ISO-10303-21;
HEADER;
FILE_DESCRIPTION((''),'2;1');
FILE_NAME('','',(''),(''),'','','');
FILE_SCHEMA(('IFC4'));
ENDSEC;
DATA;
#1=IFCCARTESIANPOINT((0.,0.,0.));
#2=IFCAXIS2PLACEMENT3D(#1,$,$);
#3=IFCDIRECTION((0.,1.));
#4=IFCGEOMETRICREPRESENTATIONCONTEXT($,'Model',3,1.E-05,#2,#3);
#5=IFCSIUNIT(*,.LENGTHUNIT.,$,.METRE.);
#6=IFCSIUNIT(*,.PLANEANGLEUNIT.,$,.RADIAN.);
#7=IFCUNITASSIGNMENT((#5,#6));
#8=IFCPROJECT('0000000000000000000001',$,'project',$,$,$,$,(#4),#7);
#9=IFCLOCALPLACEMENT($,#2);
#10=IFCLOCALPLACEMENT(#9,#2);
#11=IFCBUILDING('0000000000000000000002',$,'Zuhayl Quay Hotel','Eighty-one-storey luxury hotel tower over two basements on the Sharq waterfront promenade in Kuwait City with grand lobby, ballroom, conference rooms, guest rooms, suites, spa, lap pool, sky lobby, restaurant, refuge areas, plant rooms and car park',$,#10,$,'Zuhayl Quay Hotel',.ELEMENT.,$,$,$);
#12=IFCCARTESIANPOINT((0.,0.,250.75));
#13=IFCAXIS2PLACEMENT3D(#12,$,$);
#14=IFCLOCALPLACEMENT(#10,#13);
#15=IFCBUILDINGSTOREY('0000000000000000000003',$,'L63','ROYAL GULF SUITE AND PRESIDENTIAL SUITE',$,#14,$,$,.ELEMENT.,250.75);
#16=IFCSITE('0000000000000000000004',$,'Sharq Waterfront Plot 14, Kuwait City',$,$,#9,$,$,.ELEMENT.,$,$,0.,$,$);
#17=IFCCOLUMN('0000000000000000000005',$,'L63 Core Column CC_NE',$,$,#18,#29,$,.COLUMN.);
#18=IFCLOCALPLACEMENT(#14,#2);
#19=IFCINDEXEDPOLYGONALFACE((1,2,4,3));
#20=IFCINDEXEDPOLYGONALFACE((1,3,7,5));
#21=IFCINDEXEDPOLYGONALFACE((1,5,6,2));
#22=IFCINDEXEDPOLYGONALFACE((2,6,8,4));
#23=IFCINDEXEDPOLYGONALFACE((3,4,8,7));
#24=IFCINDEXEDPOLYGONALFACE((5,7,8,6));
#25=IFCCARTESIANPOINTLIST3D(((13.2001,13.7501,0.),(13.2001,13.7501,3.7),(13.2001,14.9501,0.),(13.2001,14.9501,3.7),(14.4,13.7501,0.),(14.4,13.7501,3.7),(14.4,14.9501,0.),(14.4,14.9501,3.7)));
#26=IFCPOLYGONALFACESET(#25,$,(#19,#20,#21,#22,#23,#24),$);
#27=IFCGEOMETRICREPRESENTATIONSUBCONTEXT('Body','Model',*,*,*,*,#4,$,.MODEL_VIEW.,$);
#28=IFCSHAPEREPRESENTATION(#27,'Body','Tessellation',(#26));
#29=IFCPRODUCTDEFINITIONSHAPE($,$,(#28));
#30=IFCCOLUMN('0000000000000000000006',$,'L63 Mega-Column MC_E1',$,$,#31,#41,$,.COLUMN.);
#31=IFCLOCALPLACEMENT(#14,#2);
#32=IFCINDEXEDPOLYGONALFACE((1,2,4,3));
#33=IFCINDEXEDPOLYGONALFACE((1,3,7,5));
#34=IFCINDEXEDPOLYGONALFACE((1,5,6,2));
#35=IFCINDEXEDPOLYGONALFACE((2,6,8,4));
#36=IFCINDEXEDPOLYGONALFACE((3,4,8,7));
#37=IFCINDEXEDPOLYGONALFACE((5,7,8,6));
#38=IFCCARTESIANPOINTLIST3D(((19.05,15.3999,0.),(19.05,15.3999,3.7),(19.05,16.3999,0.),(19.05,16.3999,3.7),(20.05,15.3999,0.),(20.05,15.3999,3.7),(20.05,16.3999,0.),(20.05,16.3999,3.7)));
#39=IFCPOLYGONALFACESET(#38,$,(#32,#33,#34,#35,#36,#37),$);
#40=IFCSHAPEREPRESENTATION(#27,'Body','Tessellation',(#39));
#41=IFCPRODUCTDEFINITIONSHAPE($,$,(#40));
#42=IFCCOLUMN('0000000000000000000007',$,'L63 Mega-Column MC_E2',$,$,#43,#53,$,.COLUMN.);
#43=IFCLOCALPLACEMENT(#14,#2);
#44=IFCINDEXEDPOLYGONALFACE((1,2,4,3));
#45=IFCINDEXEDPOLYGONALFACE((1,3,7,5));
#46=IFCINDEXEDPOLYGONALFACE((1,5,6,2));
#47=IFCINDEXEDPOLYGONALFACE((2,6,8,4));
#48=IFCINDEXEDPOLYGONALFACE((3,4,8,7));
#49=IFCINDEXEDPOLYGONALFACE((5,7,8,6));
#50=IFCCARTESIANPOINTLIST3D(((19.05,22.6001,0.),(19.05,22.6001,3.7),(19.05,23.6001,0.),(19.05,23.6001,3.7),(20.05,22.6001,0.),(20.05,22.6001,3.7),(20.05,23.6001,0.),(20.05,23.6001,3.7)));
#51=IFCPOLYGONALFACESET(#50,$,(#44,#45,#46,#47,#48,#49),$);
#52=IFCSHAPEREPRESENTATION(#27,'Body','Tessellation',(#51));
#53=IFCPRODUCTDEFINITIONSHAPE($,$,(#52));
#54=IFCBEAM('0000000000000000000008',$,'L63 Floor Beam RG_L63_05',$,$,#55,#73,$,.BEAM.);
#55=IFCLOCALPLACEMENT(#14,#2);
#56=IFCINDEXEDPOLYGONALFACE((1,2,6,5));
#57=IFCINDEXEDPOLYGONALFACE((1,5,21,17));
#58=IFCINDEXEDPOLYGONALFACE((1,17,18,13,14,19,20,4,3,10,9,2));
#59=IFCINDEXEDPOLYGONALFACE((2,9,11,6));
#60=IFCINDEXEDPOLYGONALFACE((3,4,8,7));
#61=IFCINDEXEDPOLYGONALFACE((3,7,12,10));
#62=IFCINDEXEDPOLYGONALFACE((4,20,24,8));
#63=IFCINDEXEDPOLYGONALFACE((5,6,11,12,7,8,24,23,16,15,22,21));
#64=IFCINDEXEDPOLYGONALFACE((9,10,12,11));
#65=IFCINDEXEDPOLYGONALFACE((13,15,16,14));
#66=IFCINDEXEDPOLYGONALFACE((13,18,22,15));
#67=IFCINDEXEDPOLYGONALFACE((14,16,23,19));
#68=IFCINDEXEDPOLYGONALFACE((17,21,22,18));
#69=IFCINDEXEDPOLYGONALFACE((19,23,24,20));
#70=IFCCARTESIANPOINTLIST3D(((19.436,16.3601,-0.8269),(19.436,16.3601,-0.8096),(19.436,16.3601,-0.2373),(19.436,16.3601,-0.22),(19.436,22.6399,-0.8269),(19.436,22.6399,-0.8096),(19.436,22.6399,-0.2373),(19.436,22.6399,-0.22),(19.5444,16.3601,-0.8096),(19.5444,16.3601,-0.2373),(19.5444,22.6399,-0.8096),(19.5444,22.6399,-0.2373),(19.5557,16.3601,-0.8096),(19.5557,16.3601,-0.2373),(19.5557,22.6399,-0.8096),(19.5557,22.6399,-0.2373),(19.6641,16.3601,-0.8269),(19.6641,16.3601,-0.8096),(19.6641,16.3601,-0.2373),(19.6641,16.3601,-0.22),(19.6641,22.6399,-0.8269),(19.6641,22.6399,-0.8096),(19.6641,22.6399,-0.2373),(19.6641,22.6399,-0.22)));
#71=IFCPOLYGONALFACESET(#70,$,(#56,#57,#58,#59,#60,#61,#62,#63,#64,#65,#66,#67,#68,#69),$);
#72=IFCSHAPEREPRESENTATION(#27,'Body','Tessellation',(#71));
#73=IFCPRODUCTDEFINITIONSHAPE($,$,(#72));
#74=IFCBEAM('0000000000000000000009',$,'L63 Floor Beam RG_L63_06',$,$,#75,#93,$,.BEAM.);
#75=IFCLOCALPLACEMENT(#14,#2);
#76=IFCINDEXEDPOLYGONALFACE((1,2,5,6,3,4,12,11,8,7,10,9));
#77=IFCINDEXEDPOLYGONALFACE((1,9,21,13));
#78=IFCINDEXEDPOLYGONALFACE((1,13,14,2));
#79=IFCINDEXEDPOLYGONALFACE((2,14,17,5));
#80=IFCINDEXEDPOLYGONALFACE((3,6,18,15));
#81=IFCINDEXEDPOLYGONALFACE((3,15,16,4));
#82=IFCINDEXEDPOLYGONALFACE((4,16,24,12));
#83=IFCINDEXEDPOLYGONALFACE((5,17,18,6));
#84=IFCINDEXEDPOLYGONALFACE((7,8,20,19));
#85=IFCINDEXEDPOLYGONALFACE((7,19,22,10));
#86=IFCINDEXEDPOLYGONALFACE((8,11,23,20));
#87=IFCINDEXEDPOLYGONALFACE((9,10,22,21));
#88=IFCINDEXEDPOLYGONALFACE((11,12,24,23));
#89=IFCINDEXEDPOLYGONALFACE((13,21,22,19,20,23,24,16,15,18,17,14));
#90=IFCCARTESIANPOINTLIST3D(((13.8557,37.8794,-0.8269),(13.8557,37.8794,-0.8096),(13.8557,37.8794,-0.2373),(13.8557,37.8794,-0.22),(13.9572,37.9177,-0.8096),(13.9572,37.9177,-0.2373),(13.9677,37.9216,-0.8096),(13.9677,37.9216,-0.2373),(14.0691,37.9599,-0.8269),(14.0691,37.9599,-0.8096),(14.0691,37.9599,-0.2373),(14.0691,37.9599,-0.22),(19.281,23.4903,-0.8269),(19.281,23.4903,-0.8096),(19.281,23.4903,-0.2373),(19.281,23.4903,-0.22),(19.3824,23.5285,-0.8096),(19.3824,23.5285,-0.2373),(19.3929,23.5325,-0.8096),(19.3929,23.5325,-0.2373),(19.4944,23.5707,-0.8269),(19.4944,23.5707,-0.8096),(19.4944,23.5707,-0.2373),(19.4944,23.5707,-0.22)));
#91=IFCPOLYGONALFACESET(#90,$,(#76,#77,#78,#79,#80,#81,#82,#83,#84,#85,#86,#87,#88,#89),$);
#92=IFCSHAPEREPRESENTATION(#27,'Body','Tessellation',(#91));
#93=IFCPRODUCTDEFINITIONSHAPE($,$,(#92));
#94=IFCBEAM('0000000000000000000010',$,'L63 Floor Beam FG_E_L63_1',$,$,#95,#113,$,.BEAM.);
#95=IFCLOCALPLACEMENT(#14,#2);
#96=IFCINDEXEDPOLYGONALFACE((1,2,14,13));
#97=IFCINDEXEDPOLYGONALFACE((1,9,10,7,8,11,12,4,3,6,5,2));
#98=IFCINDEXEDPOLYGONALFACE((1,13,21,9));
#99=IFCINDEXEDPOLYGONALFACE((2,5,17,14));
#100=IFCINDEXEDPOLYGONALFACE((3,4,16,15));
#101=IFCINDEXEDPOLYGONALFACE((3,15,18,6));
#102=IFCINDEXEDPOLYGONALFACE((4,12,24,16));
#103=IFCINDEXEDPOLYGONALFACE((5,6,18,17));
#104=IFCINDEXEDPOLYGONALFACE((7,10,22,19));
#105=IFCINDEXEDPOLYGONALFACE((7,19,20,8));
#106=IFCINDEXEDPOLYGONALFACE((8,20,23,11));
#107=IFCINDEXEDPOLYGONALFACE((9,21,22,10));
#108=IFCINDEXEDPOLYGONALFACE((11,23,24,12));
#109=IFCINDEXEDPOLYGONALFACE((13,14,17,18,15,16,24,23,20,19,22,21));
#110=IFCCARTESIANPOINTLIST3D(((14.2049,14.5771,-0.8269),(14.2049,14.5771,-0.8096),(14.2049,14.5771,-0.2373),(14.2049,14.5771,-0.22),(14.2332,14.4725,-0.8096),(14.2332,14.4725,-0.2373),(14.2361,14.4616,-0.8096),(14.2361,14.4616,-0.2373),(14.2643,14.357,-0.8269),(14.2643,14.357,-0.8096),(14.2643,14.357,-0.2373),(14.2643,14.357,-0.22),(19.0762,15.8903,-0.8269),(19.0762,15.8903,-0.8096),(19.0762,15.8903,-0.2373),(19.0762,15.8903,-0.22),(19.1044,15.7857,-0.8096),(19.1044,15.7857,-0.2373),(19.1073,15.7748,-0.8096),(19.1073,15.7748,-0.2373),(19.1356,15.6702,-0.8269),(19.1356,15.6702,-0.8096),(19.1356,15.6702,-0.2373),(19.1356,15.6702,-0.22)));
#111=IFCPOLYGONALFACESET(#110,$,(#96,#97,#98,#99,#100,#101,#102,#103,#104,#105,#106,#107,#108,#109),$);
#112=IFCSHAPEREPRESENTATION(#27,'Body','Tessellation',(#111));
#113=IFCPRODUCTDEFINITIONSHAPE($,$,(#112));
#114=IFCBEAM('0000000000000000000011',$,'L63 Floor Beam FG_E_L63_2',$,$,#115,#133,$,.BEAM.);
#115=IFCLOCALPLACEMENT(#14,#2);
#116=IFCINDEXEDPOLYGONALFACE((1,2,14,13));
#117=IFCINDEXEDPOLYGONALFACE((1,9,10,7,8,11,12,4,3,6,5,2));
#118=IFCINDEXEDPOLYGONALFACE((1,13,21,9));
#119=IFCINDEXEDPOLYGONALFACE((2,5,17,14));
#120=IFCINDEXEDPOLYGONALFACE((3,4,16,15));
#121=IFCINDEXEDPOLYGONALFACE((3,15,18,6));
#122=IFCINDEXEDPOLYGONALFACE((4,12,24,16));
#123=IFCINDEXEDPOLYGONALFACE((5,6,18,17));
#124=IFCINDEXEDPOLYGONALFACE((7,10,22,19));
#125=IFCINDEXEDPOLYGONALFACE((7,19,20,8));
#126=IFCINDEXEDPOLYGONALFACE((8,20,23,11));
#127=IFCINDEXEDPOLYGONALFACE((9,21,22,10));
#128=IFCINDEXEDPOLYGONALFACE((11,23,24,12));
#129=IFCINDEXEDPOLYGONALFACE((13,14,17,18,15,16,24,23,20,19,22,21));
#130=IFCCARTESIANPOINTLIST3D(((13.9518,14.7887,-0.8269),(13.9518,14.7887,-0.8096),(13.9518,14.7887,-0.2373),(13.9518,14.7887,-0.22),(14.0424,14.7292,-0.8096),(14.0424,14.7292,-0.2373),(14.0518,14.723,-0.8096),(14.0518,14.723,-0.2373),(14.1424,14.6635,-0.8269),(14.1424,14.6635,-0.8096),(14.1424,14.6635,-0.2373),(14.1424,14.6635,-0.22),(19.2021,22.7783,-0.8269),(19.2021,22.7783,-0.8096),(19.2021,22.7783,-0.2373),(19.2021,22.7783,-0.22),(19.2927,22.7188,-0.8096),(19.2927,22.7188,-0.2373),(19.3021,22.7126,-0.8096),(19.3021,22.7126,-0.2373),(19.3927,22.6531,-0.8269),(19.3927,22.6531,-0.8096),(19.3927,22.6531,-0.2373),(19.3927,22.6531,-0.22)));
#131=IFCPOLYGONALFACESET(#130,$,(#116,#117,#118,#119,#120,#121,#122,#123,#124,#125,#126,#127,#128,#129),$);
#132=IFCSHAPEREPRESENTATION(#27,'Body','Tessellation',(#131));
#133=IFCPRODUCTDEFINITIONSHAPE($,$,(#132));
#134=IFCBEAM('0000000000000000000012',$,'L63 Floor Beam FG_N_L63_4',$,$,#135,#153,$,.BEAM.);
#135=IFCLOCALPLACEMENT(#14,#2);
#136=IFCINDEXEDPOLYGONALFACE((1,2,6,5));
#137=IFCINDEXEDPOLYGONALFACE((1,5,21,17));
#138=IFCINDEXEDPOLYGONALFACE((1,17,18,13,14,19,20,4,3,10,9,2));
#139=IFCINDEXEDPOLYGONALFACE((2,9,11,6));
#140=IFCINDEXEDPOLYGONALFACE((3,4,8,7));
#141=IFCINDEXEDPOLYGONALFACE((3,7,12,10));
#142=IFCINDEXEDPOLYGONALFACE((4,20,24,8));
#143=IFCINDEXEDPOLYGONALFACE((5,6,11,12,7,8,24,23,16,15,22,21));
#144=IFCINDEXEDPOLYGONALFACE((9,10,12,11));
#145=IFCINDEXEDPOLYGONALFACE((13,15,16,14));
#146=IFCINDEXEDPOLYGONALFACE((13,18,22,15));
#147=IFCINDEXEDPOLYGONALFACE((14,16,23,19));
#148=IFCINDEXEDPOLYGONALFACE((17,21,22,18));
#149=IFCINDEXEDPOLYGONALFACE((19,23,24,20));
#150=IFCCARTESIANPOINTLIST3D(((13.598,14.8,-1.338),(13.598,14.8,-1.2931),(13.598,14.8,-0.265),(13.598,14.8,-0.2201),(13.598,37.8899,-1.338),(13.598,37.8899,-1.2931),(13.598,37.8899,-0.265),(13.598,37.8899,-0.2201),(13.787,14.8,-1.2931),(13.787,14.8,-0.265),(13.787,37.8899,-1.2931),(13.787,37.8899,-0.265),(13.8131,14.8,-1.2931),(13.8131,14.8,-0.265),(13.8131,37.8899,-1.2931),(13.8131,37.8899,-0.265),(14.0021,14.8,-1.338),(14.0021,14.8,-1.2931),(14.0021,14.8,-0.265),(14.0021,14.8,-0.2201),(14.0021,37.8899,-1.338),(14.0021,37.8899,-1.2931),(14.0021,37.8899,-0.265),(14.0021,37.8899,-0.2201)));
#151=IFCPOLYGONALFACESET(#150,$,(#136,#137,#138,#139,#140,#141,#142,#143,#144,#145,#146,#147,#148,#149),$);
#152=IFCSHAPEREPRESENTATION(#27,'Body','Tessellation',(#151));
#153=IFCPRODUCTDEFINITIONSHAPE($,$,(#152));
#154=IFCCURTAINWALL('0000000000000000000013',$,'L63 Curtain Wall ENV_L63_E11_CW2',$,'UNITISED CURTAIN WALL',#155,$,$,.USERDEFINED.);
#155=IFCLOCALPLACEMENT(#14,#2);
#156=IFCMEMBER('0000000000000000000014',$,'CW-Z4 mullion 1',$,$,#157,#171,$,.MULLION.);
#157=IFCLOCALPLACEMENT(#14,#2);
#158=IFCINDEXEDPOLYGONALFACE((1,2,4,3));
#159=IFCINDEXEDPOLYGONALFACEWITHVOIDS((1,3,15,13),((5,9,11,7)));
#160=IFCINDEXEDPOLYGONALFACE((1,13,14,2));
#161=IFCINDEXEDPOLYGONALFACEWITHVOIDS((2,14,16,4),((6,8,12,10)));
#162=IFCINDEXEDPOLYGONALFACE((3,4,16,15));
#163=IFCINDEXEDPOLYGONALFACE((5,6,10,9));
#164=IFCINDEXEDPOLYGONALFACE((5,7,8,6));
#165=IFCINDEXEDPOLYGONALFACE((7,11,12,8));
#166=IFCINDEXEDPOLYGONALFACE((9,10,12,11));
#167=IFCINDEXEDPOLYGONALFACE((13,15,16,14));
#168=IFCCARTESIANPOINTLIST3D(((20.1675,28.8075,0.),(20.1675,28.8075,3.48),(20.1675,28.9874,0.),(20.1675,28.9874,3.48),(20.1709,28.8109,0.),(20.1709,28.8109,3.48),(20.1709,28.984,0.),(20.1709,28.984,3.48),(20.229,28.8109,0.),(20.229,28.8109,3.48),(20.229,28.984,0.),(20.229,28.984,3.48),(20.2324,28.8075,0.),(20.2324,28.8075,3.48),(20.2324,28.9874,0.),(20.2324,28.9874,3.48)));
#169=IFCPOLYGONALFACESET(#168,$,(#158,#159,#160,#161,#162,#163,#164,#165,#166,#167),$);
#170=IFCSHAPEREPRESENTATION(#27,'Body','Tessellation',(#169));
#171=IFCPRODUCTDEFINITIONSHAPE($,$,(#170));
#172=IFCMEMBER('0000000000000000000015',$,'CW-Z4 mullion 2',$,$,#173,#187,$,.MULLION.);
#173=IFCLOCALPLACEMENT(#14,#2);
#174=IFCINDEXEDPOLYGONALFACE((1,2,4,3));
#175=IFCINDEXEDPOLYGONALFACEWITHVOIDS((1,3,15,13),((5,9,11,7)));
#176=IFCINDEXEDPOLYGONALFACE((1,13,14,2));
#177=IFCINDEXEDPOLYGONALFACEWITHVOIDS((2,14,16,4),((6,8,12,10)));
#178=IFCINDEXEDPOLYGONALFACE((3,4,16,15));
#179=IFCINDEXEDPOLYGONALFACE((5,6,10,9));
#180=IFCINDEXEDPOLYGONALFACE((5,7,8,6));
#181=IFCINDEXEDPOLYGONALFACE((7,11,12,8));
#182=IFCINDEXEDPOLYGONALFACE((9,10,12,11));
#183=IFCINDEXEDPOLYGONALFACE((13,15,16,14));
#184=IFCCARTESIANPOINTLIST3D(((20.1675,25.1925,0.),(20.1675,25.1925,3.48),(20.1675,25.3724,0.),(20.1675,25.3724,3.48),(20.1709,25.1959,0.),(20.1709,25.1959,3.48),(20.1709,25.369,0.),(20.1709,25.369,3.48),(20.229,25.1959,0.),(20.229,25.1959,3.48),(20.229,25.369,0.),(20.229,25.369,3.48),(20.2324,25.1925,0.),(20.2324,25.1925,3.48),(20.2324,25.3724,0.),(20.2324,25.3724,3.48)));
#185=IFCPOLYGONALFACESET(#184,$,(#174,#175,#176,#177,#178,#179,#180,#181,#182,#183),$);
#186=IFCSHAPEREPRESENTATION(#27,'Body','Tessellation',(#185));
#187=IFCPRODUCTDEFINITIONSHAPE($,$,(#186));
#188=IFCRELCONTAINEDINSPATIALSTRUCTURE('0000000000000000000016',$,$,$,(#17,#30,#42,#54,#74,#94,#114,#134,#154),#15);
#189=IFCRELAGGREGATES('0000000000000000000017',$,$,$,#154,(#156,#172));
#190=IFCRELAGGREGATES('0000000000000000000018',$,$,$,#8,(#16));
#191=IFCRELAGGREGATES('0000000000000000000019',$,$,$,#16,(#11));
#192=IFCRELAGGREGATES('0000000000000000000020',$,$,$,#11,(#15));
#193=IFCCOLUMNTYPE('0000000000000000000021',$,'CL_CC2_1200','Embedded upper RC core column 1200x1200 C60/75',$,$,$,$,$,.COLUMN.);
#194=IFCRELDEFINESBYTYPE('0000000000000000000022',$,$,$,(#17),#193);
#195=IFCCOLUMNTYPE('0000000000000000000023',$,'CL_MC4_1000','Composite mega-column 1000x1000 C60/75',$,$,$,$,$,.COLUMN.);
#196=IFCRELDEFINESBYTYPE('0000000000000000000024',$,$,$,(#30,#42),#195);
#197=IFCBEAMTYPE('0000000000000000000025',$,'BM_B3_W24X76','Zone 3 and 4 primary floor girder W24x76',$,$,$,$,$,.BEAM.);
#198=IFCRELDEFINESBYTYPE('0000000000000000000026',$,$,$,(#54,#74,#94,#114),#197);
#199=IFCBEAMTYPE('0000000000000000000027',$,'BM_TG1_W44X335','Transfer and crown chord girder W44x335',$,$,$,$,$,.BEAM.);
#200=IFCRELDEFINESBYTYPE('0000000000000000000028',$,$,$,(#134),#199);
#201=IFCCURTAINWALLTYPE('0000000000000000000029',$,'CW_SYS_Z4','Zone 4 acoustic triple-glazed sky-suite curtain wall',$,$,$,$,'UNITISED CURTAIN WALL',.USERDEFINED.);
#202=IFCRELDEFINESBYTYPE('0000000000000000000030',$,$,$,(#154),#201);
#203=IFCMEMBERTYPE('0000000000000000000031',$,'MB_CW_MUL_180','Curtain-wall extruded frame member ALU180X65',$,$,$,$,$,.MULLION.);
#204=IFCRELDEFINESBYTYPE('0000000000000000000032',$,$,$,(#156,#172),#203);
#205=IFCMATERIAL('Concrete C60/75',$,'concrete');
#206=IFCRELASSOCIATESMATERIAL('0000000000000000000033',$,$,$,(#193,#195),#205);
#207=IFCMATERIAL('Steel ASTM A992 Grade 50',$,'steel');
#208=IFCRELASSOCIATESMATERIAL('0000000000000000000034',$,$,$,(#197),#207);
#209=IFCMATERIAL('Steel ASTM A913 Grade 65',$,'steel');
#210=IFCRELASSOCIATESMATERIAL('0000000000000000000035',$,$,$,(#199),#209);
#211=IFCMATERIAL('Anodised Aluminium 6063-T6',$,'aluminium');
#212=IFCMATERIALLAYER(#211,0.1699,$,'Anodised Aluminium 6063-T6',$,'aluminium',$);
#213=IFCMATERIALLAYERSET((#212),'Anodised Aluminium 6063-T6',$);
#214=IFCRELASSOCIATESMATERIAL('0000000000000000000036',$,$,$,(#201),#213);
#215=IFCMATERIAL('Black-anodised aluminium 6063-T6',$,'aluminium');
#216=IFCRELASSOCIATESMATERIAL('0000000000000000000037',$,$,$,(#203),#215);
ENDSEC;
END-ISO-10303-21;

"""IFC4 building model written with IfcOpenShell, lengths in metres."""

from ifc_helpers import new_model, si_unit, direction, frame, origin, origin_2d, place, context, subcontext, project, spatial, rectangle, hollow_rectangle, i_section, extrude, material, layer, layer_set, material_profile, profile_set, type_object, element, aggregate, save


model = new_model("IFC4")

# Units and contexts
model_context = context("Model", 3, precision=1e-05, world=origin(), true_north=direction((0.0, 1.0)))
body_context = subcontext(model_context, "Body", "Model", "MODEL_VIEW")
ifc_project = project(units=[si_unit("LENGTHUNIT", "METRE"), si_unit("PLANEANGLEUNIT", "RADIAN")], contexts=[model_context])

# Site, building, storey
site_placement = place(None, origin())
site = spatial("IfcSite", under=ifc_project, at=site_placement, Name="Sharq Waterfront Plot 14, Kuwait City", CompositionType="ELEMENT", RefElevation=0.0)
building_placement = place(site_placement, origin())
building = spatial("IfcBuilding", under=site, at=building_placement, Name="Zuhayl Quay Hotel", Description="Eighty-one-storey luxury hotel tower over two basements on the Sharq waterfront promenade in Kuwait City with grand lobby, ballroom, conference rooms, guest rooms, suites, spa, lap pool, sky lobby, restaurant, refuge areas, plant rooms and car park", LongName="Zuhayl Quay Hotel", CompositionType="ELEMENT")
storey_placement = place(building_placement, frame((0.0, 0.0, 250.75)))
storey = spatial("IfcBuildingStorey", under=building, at=storey_placement, Name="L63", Description="ROYAL GULF SUITE AND PRESIDENTIAL SUITE", CompositionType="ELEMENT", Elevation=250.75)

# Columns
ifc_material_1 = material(Name="Concrete C60/75", Category="concrete")
ifc_material_profile_1 = material_profile(ifc_material_1, rectangle(XDim=1.2, YDim=1.2, at=origin_2d()), Name="RC1200X1200")
ifc_profile_set_1 = profile_set([ifc_material_profile_1], Name="Concrete C60/75")
column_type_1 = type_object("IfcColumnType", Name="CL_CC2_1200", Description="Embedded upper RC core column 1200x1200 C60/75", PredefinedType="COLUMN", material=ifc_profile_set_1)
column_placement = place(storey_placement, frame((13.8, 14.3501, 0.0), z_axis=(0.0, 0.0, 1.0), x_axis=(1.0, 0.0, 0.0)))
element("IfcColumn", 1, at=column_placement, inside=storey, type_object=column_type_1, Name="L63 Core Column CC_NE", PredefinedType="COLUMN", context=body_context, shape_type="SweptSolid", body=[
    extrude(rectangle(XDim=1.2, YDim=1.2, at=origin_2d()), origin(), (0.0, 0.0, 1.0), 3.7),
])
ifc_material_profile_2 = material_profile(ifc_material_1, rectangle(XDim=1.0, YDim=1.0, at=origin_2d()), Name="RC1000X1000")
ifc_profile_set_2 = profile_set([ifc_material_profile_2], Name="Concrete C60/75")
column_type_2 = type_object("IfcColumnType", Name="CL_MC4_1000", Description="Composite mega-column 1000x1000 C60/75", PredefinedType="COLUMN", material=ifc_profile_set_2)
for number, where, z_axis, x_axis, name in (
    (2, (19.55, 15.8999, 0.0), (0.0, 0.0, 1.0), (1.0, 0.0, 0.0), "L63 Mega-Column MC_E1"),
    (3, (19.55, 23.1001, 0.0), (0.0, 0.0, 1.0), (1.0, 0.0, 0.0), "L63 Mega-Column MC_E2"),
):
    element("IfcColumn", number, at=place(storey_placement, frame(where, z_axis=z_axis, x_axis=x_axis)), inside=storey, type_object=column_type_2, Name=name, PredefinedType="COLUMN", context=body_context, shape_type="SweptSolid", body=[
        extrude(rectangle(XDim=1.0, YDim=1.0, at=origin_2d()), origin(), (0.0, 0.0, 1.0), 3.7),
    ])

# Beams
ifc_material_2 = material(Name="Steel ASTM A992 Grade 50", Category="steel")
ifc_material_profile_3 = material_profile(ifc_material_2, i_section(OverallWidth=0.228, OverallDepth=0.6069, WebThickness=0.0112, FlangeThickness=0.0173, at=origin_2d()), Name="W24X76")
ifc_profile_set_3 = profile_set([ifc_material_profile_3], Name="Steel ASTM A992 Grade 50")
beam_type_1 = type_object("IfcBeamType", Name="BM_B3_W24X76", Description="Zone 3 and 4 primary floor girder W24x76", PredefinedType="BEAM", material=ifc_profile_set_3)
beam_1_placement = place(storey_placement, frame((19.55, 16.3601, -0.5234), z_axis=(0.0, 1.0, 0.0), x_axis=(-1.0, 0.0, 0.0)))
element("IfcBeam", 4, at=beam_1_placement, inside=storey, type_object=beam_type_1, Name="L63 Floor Beam RG_L63_05", PredefinedType="BEAM", context=body_context, shape_type="SweptSolid", body=[
    extrude(i_section(OverallWidth=0.228, OverallDepth=0.6069, WebThickness=0.0112, FlangeThickness=0.0173, at=origin_2d()), origin(), (0.0, 0.0, 1.0), 6.2798),
])
beam_2_placement = place(storey_placement, frame((19.3877, 23.5305, -0.5234), z_axis=(-0.352797, 0.9357, 0.0), x_axis=(-0.9357, -0.352797, 0.0)))
element("IfcBeam", 5, at=beam_2_placement, inside=storey, type_object=beam_type_1, Name="L63 Floor Beam RG_L63_06", PredefinedType="BEAM", context=body_context, shape_type="SweptSolid", body=[
    extrude(i_section(OverallWidth=0.228, OverallDepth=0.6069, WebThickness=0.0112, FlangeThickness=0.0173, at=origin_2d()), origin(), (0.0, 0.0, 1.0), 15.3779),
])
beam_3_placement = place(storey_placement, frame((14.2346, 14.467, -0.5234), z_axis=(0.96553, 0.260291, 0.0), x_axis=(-0.260291, 0.96553, 0.0)))
element("IfcBeam", 6, at=beam_3_placement, inside=storey, type_object=beam_type_1, Name="L63 Floor Beam FG_E_L63_1", PredefinedType="BEAM", context=body_context, shape_type="SweptSolid", body=[
    extrude(i_section(OverallWidth=0.228, OverallDepth=0.6069, WebThickness=0.0112, FlangeThickness=0.0173, at=origin_2d()), origin(), (0.0, 0.0, 1.0), 5.0452),
])
beam_4_placement = place(storey_placement, frame((14.0471, 14.7261, -0.5234), z_axis=(0.549178, 0.835705, 0.0), x_axis=(-0.835705, 0.549178, 0.0)))
element("IfcBeam", 7, at=beam_4_placement, inside=storey, type_object=beam_type_1, Name="L63 Floor Beam FG_E_L63_2", PredefinedType="BEAM", context=body_context, shape_type="SweptSolid", body=[
    extrude(i_section(OverallWidth=0.228, OverallDepth=0.6069, WebThickness=0.0112, FlangeThickness=0.0173, at=origin_2d()), origin(), (0.0, 0.0, 1.0), 9.5603),
])
ifc_material_3 = material(Name="Steel ASTM A913 Grade 65", Category="steel")
ifc_material_profile_4 = material_profile(ifc_material_3, i_section(OverallWidth=0.4041, OverallDepth=1.1179, WebThickness=0.0261, FlangeThickness=0.0449, at=origin_2d()), Name="W44X335")
ifc_profile_set_4 = profile_set([ifc_material_profile_4], Name="Steel ASTM A913 Grade 65")
beam_type_2 = type_object("IfcBeamType", Name="BM_TG1_W44X335", Description="Transfer and crown chord girder W44x335", PredefinedType="BEAM", material=ifc_profile_set_4)
beam_5_placement = place(storey_placement, frame((13.8, 14.8, -0.7791), z_axis=(0.0, 1.0, 0.0), x_axis=(-1.0, 0.0, 0.0)))
element("IfcBeam", 8, at=beam_5_placement, inside=storey, type_object=beam_type_2, Name="L63 Floor Beam FG_N_L63_4", PredefinedType="BEAM", context=body_context, shape_type="SweptSolid", body=[
    extrude(i_section(OverallWidth=0.4041, OverallDepth=1.1179, WebThickness=0.0261, FlangeThickness=0.0449, at=origin_2d()), origin(), (0.0, 0.0, 1.0), 23.0898),
])

# Curtain wall, members
ifc_material_4 = material(Name="Anodised Aluminium 6063-T6", Category="aluminium")
ifc_layer_1 = layer(ifc_material_4, 0.1699, Name="Anodised Aluminium 6063-T6", Category="aluminium")
ifc_layer_set_1 = layer_set([ifc_layer_1], Name="Anodised Aluminium 6063-T6")
curtain_wall_type = type_object("IfcCurtainWallType", Name="CW_SYS_Z4", Description="Zone 4 acoustic triple-glazed sky-suite curtain wall", ElementType="UNITISED CURTAIN WALL", PredefinedType="USERDEFINED", material=ifc_layer_set_1)
curtain_wall_1_placement = place(storey_placement, origin())
curtain_wall_1 = element("IfcCurtainWall", 9, at=curtain_wall_1_placement, inside=storey, type_object=curtain_wall_type, Name="L63 Curtain Wall ENV_L63_E11_CW2", ObjectType="UNITISED CURTAIN WALL", PredefinedType="USERDEFINED")
ifc_material_5 = material(Name="Black-anodised aluminium 6063-T6", Category="aluminium")
ifc_material_profile_5 = material_profile(ifc_material_5, hollow_rectangle(XDim=0.0649, YDim=0.1799, WallThickness=0.0034, at=origin_2d()), Name="ALU180X65")
ifc_profile_set_5 = profile_set([ifc_material_profile_5], Name="Black-anodised aluminium 6063-T6")
member_type_1 = type_object("IfcMemberType", Name="MB_CW_MUL_180", Description="Curtain-wall extruded frame member ALU180X65", PredefinedType="MULLION", material=ifc_profile_set_5)
member_1_placement = place(storey_placement, frame((20.2, 28.8975, 0.0), z_axis=(0.0, 0.0, 1.0), x_axis=(1.0, 0.0, 0.0)))
member_1 = element("IfcMember", 10, at=member_1_placement, type_object=member_type_1, Name="CW-Z4 mullion 1", PredefinedType="MULLION", context=body_context, shape_type="SweptSolid", body=[
    extrude(hollow_rectangle(XDim=0.0649, YDim=0.1799, WallThickness=0.0034, at=origin_2d()), origin(), (0.0, 0.0, 1.0), 3.48),
])
member_2_placement = place(storey_placement, frame((20.2, 25.2825, 0.0), z_axis=(0.0, 0.0, 1.0), x_axis=(1.0, 0.0, 0.0)))
member_2 = element("IfcMember", 11, at=member_2_placement, type_object=member_type_1, Name="CW-Z4 mullion 2", PredefinedType="MULLION", context=body_context, shape_type="SweptSolid", body=[
    extrude(hollow_rectangle(XDim=0.0649, YDim=0.1799, WallThickness=0.0034, at=origin_2d()), origin(), (0.0, 0.0, 1.0), 3.48),
])

aggregate(curtain_wall_1, [member_1, member_2])

save(model, "model.ifc")
